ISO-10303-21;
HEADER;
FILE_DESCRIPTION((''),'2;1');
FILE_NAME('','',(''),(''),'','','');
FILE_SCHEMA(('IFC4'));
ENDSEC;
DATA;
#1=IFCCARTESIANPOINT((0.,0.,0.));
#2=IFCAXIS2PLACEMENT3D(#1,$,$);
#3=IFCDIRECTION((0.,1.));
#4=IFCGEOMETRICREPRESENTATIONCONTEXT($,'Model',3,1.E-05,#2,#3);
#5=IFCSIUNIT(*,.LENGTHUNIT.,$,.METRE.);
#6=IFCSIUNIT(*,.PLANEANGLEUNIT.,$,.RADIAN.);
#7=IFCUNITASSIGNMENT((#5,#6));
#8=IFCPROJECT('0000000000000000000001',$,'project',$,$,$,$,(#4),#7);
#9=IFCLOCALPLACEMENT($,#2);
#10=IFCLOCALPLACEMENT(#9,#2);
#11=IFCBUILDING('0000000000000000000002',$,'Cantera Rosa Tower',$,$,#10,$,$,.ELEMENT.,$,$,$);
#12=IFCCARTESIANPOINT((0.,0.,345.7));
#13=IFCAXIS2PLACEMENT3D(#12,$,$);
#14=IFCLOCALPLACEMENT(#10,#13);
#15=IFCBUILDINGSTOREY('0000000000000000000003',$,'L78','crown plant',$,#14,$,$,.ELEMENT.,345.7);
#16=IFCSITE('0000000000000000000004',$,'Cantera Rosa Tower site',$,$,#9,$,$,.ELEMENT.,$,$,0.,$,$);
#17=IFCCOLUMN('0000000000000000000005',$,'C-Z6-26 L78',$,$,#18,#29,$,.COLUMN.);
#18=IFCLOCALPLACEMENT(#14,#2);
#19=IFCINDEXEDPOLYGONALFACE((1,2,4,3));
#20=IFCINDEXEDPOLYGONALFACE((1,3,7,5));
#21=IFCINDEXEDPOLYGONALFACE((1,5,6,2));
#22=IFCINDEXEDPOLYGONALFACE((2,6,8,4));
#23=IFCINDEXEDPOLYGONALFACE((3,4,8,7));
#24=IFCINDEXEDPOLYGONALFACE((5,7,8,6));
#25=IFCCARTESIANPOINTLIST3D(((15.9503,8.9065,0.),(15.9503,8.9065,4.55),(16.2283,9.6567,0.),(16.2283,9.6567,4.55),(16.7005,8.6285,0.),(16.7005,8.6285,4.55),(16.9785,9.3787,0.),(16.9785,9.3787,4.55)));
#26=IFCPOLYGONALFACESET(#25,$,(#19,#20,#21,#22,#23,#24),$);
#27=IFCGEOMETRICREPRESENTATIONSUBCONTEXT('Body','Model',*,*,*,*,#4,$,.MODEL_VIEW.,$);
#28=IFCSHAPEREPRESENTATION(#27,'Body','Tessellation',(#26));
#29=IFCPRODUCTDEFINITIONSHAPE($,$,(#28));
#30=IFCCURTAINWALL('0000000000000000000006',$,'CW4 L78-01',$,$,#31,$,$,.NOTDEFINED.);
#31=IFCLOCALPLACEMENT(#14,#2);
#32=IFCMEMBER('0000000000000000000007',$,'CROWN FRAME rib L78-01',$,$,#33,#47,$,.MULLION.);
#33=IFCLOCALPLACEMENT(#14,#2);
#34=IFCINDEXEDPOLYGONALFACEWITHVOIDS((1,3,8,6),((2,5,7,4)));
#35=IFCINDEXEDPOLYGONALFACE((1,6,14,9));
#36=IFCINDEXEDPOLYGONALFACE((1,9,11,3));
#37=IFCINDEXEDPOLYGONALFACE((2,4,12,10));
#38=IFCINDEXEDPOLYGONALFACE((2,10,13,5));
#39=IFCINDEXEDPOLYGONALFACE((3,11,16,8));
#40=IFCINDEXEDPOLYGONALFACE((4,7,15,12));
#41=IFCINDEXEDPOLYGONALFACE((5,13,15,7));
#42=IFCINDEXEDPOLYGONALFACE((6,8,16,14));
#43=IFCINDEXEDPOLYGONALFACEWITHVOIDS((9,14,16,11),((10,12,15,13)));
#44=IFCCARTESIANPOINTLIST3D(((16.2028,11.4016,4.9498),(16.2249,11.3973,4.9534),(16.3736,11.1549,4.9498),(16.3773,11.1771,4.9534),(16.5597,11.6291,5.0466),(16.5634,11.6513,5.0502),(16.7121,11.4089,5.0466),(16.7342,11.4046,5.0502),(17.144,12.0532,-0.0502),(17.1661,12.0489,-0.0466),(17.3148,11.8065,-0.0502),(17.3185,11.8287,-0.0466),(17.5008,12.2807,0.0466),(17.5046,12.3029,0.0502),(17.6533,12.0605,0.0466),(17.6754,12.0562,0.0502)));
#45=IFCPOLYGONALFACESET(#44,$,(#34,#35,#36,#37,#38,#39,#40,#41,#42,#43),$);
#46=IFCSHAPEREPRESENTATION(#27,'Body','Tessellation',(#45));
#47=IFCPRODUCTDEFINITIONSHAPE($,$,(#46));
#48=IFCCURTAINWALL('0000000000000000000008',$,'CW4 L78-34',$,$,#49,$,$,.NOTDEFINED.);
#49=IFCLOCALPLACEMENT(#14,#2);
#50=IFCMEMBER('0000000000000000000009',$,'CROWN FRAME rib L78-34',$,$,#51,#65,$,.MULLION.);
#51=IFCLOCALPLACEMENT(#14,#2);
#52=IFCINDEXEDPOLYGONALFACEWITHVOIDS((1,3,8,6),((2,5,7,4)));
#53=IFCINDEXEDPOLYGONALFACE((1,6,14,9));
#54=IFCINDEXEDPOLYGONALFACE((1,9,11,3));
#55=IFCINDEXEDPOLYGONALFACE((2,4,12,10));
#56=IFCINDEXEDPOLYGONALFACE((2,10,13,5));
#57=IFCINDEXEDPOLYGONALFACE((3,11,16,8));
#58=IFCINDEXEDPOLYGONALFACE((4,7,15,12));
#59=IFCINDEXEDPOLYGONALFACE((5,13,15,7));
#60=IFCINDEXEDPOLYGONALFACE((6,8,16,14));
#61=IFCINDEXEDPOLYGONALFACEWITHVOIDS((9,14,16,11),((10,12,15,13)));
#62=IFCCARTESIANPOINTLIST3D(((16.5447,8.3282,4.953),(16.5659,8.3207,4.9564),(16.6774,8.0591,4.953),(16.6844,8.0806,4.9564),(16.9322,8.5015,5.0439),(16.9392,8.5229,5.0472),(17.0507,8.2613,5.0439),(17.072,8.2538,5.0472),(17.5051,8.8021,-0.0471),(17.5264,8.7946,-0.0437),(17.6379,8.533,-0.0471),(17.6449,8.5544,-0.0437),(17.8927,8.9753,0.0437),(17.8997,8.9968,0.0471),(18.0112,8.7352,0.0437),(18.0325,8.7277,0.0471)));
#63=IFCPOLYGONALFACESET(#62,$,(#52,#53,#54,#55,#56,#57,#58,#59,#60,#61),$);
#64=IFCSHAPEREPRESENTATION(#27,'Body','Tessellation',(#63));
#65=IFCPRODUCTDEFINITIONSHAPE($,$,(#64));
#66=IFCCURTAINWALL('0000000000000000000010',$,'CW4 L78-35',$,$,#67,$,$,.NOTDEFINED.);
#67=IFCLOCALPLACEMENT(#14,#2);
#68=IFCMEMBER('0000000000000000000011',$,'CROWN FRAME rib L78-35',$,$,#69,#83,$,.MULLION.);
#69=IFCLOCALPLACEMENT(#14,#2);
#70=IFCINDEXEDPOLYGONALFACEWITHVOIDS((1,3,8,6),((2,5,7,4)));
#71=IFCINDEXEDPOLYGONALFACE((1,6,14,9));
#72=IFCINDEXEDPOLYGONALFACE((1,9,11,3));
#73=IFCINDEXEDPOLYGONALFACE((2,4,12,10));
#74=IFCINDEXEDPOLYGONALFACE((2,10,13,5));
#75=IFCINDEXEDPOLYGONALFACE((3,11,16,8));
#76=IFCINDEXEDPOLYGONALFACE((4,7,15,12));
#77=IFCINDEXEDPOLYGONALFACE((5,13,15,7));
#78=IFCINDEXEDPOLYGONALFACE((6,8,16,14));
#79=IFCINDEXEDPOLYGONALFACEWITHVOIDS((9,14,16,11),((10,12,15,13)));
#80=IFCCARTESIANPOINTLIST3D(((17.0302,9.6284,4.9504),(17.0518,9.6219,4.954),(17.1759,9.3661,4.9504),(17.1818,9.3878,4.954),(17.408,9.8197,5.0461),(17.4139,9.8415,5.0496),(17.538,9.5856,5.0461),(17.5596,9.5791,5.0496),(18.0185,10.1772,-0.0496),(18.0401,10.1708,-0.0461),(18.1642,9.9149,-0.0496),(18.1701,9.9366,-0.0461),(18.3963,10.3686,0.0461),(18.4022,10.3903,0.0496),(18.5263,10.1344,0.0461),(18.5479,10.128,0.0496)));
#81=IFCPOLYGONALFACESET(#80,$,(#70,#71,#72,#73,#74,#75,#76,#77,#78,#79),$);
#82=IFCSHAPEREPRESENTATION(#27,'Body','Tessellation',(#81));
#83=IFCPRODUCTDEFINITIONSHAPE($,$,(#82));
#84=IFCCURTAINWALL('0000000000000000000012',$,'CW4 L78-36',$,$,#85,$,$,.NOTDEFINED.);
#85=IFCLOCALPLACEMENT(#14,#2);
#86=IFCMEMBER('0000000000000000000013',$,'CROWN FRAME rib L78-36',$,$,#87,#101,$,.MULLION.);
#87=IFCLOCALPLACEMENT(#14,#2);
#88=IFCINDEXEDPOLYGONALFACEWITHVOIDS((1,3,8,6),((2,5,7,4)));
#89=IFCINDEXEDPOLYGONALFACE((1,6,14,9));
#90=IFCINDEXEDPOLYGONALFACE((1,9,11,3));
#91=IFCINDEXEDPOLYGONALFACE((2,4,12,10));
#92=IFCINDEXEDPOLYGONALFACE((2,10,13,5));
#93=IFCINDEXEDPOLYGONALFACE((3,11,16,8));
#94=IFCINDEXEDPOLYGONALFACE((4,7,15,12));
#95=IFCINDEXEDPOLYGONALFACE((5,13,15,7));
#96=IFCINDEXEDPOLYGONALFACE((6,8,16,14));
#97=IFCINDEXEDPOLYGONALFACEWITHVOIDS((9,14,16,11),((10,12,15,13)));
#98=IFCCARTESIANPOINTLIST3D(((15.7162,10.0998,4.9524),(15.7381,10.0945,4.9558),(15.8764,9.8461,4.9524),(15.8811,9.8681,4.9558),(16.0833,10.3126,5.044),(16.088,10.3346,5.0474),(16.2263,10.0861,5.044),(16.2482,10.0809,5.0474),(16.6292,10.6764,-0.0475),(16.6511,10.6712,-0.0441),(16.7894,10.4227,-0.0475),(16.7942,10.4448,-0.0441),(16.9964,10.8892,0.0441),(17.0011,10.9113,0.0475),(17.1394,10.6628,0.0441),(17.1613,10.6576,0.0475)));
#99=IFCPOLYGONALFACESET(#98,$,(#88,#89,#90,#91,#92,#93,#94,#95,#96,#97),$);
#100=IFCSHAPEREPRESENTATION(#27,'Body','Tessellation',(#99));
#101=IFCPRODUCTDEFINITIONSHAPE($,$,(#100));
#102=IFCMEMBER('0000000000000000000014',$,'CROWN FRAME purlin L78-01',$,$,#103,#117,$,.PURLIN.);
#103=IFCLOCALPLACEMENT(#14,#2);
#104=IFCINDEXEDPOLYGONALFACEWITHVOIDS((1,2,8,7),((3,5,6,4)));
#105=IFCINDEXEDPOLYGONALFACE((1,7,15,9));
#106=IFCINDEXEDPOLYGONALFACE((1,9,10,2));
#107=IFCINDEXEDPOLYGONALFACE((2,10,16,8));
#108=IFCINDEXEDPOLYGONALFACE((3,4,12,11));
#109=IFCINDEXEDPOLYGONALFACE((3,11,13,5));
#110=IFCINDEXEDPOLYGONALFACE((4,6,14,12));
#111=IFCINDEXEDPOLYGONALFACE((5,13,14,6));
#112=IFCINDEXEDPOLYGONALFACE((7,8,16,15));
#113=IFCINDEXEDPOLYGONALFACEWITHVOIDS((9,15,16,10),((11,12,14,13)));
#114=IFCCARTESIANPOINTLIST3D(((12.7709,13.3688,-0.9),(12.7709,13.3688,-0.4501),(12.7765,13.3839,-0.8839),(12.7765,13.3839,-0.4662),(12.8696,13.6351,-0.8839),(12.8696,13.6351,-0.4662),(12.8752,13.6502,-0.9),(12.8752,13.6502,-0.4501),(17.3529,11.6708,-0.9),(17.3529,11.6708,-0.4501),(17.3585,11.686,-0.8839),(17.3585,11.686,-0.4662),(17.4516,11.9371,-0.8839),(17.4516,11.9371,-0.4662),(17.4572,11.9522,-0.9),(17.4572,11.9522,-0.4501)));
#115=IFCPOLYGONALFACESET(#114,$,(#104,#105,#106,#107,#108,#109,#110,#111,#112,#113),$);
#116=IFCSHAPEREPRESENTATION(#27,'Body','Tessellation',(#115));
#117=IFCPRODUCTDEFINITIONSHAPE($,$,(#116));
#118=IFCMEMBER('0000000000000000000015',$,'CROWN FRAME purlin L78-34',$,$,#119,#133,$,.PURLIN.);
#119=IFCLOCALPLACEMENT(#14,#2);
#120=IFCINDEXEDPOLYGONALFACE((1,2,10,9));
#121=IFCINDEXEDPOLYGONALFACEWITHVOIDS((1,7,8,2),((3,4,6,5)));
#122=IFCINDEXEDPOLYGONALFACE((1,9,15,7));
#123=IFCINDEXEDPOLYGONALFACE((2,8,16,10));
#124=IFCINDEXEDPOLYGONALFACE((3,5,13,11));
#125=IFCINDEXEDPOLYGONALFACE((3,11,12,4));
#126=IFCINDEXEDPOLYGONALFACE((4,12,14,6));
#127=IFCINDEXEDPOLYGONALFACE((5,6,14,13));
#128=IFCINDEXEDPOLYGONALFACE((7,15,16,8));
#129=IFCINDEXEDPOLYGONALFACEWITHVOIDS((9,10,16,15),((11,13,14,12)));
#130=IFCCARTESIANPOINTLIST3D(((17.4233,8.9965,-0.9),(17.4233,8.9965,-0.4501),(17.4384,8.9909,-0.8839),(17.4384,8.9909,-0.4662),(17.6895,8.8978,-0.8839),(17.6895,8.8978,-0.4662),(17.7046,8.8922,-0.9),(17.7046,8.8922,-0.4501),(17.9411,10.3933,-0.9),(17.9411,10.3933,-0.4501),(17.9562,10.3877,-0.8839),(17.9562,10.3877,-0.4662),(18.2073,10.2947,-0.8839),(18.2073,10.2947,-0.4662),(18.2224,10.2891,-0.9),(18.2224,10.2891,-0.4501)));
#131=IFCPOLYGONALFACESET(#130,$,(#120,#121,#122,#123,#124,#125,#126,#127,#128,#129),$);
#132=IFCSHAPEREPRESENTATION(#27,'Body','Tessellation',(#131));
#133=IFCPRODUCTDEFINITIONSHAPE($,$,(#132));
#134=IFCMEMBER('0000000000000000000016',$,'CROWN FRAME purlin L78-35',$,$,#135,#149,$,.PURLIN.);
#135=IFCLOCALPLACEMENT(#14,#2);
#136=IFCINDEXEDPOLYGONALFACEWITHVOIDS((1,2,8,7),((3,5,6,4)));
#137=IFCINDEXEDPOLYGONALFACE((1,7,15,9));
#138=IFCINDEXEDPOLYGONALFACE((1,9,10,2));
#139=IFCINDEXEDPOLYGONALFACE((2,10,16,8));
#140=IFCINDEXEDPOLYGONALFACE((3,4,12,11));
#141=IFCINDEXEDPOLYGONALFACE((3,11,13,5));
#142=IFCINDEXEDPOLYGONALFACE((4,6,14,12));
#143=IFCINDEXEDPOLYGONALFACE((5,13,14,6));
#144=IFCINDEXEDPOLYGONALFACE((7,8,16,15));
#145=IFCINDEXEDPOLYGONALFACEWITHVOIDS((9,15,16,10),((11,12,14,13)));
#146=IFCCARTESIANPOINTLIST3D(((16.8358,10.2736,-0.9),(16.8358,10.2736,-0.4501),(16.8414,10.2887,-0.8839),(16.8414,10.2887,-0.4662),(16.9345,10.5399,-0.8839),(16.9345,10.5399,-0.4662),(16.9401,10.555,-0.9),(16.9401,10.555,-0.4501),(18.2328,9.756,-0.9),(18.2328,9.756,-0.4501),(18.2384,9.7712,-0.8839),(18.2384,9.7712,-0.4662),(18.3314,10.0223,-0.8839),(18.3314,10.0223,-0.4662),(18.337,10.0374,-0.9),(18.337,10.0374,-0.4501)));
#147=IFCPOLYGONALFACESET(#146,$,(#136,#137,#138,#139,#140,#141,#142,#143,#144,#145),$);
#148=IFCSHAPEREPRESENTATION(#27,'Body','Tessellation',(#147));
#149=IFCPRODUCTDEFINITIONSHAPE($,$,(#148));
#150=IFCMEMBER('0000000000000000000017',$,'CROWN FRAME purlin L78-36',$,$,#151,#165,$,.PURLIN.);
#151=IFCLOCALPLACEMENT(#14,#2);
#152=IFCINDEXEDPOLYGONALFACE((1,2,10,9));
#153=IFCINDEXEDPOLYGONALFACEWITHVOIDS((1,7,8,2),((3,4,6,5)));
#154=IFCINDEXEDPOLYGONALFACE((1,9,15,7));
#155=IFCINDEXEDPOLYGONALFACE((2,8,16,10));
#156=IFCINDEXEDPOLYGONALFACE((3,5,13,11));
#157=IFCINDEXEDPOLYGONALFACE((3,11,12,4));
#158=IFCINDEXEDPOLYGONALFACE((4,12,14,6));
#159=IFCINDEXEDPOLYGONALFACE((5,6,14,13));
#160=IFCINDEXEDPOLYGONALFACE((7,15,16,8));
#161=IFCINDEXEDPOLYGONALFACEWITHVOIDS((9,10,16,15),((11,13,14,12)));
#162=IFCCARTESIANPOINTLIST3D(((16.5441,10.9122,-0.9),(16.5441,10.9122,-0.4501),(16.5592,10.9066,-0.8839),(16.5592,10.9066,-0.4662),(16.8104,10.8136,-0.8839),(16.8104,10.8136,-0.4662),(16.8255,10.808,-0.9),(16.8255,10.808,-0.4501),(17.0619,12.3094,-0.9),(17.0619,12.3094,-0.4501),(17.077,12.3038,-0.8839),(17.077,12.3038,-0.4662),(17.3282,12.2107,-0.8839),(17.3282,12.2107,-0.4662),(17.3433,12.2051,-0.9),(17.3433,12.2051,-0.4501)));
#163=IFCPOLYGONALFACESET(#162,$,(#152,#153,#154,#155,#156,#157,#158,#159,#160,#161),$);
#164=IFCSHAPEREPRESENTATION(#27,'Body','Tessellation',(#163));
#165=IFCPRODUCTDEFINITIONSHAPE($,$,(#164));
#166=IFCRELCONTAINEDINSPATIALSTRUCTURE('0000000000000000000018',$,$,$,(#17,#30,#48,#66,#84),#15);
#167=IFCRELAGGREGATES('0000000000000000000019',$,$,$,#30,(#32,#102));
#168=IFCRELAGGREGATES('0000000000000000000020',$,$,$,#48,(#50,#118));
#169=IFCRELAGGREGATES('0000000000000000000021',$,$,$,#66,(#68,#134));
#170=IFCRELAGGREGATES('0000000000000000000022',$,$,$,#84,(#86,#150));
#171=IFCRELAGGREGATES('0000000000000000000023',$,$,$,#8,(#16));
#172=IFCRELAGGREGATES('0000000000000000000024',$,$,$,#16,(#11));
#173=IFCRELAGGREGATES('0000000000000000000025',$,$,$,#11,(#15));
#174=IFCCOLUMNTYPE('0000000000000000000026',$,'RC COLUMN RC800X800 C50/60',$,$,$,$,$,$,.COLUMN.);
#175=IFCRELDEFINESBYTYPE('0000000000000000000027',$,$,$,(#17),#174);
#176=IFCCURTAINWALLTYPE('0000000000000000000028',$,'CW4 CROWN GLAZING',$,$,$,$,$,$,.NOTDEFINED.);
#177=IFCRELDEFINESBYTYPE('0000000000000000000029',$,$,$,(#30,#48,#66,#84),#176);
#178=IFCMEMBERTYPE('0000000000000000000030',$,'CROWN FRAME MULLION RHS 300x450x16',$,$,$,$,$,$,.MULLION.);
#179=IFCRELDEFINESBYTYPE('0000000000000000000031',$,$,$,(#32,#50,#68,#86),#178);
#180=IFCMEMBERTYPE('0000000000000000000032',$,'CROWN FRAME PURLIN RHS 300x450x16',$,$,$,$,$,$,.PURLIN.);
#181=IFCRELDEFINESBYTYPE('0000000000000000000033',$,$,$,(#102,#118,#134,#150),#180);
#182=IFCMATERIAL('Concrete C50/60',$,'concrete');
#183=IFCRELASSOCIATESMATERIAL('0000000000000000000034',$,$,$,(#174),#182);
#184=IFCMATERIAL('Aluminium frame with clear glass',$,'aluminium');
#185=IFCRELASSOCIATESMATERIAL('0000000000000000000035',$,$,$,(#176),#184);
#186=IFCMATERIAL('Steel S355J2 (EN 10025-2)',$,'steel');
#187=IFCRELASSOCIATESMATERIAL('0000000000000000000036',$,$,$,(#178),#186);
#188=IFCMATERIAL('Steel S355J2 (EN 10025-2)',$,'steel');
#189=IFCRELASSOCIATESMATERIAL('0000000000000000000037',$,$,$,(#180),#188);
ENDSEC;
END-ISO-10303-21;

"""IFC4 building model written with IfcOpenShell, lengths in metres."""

from ifc_helpers import new_model, si_unit, direction, frame, origin, origin_2d, place, context, subcontext, project, spatial, rectangle, hollow_rectangle, extrude, material, material_profile, profile_set, type_object, element, aggregate, save


model = new_model("IFC4")

# Units and contexts
model_context = context("Model", 3, precision=1e-05, world=origin(), true_north=direction((0.0, 1.0)))
body_context = subcontext(model_context, "Body", "Model", "MODEL_VIEW")
ifc_project = project(units=[si_unit("LENGTHUNIT", "METRE"), si_unit("PLANEANGLEUNIT", "RADIAN")], contexts=[model_context])

# Site, building, storey
site_placement = place(None, origin())
site = spatial("IfcSite", under=ifc_project, at=site_placement, Name="Cantera Rosa Tower site", CompositionType="ELEMENT", RefElevation=0.0)
building_placement = place(site_placement, origin())
building = spatial("IfcBuilding", under=site, at=building_placement, Name="Cantera Rosa Tower", CompositionType="ELEMENT")
storey_placement = place(building_placement, frame((0.0, 0.0, 345.7)))
storey = spatial("IfcBuildingStorey", under=building, at=storey_placement, Name="L78", Description="crown plant", CompositionType="ELEMENT", Elevation=345.7)

# Column
ifc_material_1 = material(Name="Concrete C50/60", Category="concrete")
ifc_material_profile_1 = material_profile(ifc_material_1, rectangle(XDim=0.8, YDim=0.8, at=origin_2d()), Name="RC COLUMN RC800X800 C50/60")
ifc_profile_set_1 = profile_set([ifc_material_profile_1], Name="Concrete C50/60")
column_type = type_object("IfcColumnType", Name="RC COLUMN RC800X800 C50/60", PredefinedType="COLUMN", material=ifc_profile_set_1)
column_placement = place(storey_placement, frame((16.4644, 9.1426, 0.0), z_axis=(0.0, 0.0, 1.0), x_axis=(0.347481, 0.937687, 0.0)))
element("IfcColumn", 1, at=column_placement, inside=storey, type_object=column_type, Name="C-Z6-26 L78", PredefinedType="COLUMN", context=body_context, shape_type="SweptSolid", body=[
    extrude(rectangle(XDim=0.8, YDim=0.8, at=origin_2d()), origin(), (0.0, 0.0, 1.0), 4.55),
])

# Curtain walls, members
ifc_material_2 = material(Name="Aluminium frame with clear glass", Category="aluminium")
curtain_wall_type = type_object("IfcCurtainWallType", Name="CW4 CROWN GLAZING", PredefinedType="NOTDEFINED", material=ifc_material_2)
curtain_wall_1_placement = place(storey_placement, origin())
curtain_wall_1 = element("IfcCurtainWall", 2, at=curtain_wall_1_placement, inside=storey, type_object=curtain_wall_type, Name="CW4 L78-01", PredefinedType="NOTDEFINED")
ifc_material_3 = material(Name="Steel S355J2 (EN 10025-2)", Category="steel")
ifc_material_profile_2 = material_profile(ifc_material_3, hollow_rectangle(XDim=0.3, YDim=0.45, WallThickness=0.0161, at=origin_2d()), Name="CROWN FRAME MULLION RHS 300x450x16")
ifc_profile_set_2 = profile_set([ifc_material_profile_2], Name="Steel S355J2 (EN 10025-2)")
member_type_1 = type_object("IfcMemberType", Name="CROWN FRAME MULLION RHS 300x450x16", PredefinedType="MULLION", material=ifc_profile_set_2)
member_1_placement = place(storey_placement, frame((17.4097, 12.0547, 0.0), z_axis=(-0.183485, -0.127035, 0.97478), x_axis=(0.569232, -0.822177, 0.0)))
member_1 = element("IfcMember", 3, at=member_1_placement, type_object=member_type_1, Name="CROWN FRAME rib L78-01", PredefinedType="MULLION", context=body_context, shape_type="SweptSolid", body=[
    extrude(hollow_rectangle(XDim=0.3, YDim=0.45, WallThickness=0.0161, at=origin_2d()), origin(), (0.0, 0.0, 1.0), 5.1294),
])
curtain_wall_2_placement = place(storey_placement, origin())
curtain_wall_2 = element("IfcCurtainWall", 4, at=curtain_wall_2_placement, inside=storey, type_object=curtain_wall_type, Name="CW4 L78-34", PredefinedType="NOTDEFINED")
member_2_placement = place(storey_placement, frame((17.7688, 8.7649, 0.0), z_axis=(-0.187829, -0.092673, 0.97782), x_axis=(0.442466, -0.896785, 0.0)))
member_2 = element("IfcMember", 5, at=member_2_placement, type_object=member_type_1, Name="CROWN FRAME rib L78-34", PredefinedType="MULLION", context=body_context, shape_type="SweptSolid", body=[
    extrude(hollow_rectangle(XDim=0.3, YDim=0.45, WallThickness=0.0161, at=origin_2d()), origin(), (0.0, 0.0, 1.0), 5.1135),
])
curtain_wall_3_placement = place(storey_placement, origin())
curtain_wall_3 = element("IfcCurtainWall", 6, at=curtain_wall_3_placement, inside=storey, type_object=curtain_wall_type, Name="CW4 L78-35", PredefinedType="NOTDEFINED")
member_3_placement = place(storey_placement, frame((18.2832, 10.1526, 0.0), z_axis=(-0.19279, -0.107063, 0.975382), x_axis=(0.485496, -0.874239, 0.0)))
member_3 = element("IfcMember", 7, at=member_3_placement, type_object=member_type_1, Name="CROWN FRAME rib L78-35", PredefinedType="MULLION", context=body_context, shape_type="SweptSolid", body=[
    extrude(hollow_rectangle(XDim=0.3, YDim=0.45, WallThickness=0.0161, at=origin_2d()), origin(), (0.0, 0.0, 1.0), 5.1262),
])
curtain_wall_4_placement = place(storey_placement, origin())
curtain_wall_4 = element("IfcCurtainWall", 8, at=curtain_wall_4_placement, inside=storey, type_object=curtain_wall_type, Name="CW4 L78-36", PredefinedType="NOTDEFINED")
member_4_placement = place(storey_placement, frame((16.8953, 10.667, 0.0), z_axis=(-0.178501, -0.112732, 0.97746), x_axis=(0.533976, -0.8455, 0.0)))
member_4 = element("IfcMember", 9, at=member_4_placement, type_object=member_type_1, Name="CROWN FRAME rib L78-36", PredefinedType="MULLION", context=body_context, shape_type="SweptSolid", body=[
    extrude(hollow_rectangle(XDim=0.3, YDim=0.45, WallThickness=0.0161, at=origin_2d()), origin(), (0.0, 0.0, 1.0), 5.1152),
])

# Members
ifc_material_4 = material(Name="Steel S355J2 (EN 10025-2)", Category="steel")
ifc_material_profile_3 = material_profile(ifc_material_4, hollow_rectangle(XDim=0.3, YDim=0.45, WallThickness=0.0161, at=origin_2d()), Name="CROWN FRAME PURLIN RHS 300x450x16")
ifc_profile_set_3 = profile_set([ifc_material_profile_3], Name="Steel S355J2 (EN 10025-2)")
member_type_2 = type_object("IfcMemberType", Name="CROWN FRAME PURLIN RHS 300x450x16", PredefinedType="PURLIN", material=ifc_profile_set_3)
member_5_placement = place(storey_placement, frame((17.405, 11.8115, -0.675), z_axis=(-0.937685, 0.347485, 0.0), x_axis=(-0.347485, -0.937685, 0.0)))
member_5 = element("IfcMember", 10, at=member_5_placement, type_object=member_type_2, Name="CROWN FRAME purlin L78-01", PredefinedType="PURLIN", context=body_context, shape_type="SweptSolid", body=[
    extrude(hollow_rectangle(XDim=0.3, YDim=0.45, WallThickness=0.0161, at=origin_2d()), origin(), (0.0, 0.0, 1.0), 4.8865),
])
member_6_placement = place(storey_placement, frame((17.564, 8.9443, -0.675), z_axis=(0.347565, 0.937656, 0.0), x_axis=(-0.937656, 0.347565, 0.0)))
member_6 = element("IfcMember", 11, at=member_6_placement, type_object=member_type_2, Name="CROWN FRAME purlin L78-34", PredefinedType="PURLIN", context=body_context, shape_type="SweptSolid", body=[
    extrude(hollow_rectangle(XDim=0.3, YDim=0.45, WallThickness=0.0161, at=origin_2d()), origin(), (0.0, 0.0, 1.0), 1.4897),
])
member_7_placement = place(storey_placement, frame((18.2849, 9.8967, -0.675), z_axis=(-0.937709, 0.347421, 0.0), x_axis=(-0.347421, -0.937709, 0.0)))
member_7 = element("IfcMember", 12, at=member_7_placement, type_object=member_type_2, Name="CROWN FRAME purlin L78-35", PredefinedType="PURLIN", context=body_context, shape_type="SweptSolid", body=[
    extrude(hollow_rectangle(XDim=0.3, YDim=0.45, WallThickness=0.0161, at=origin_2d()), origin(), (0.0, 0.0, 1.0), 1.4897),
])
member_8_placement = place(storey_placement, frame((16.6848, 10.8601, -0.675), z_axis=(0.347512, 0.937676, 0.0), x_axis=(-0.937676, 0.347512, 0.0)))
member_8 = element("IfcMember", 13, at=member_8_placement, type_object=member_type_2, Name="CROWN FRAME purlin L78-36", PredefinedType="PURLIN", context=body_context, shape_type="SweptSolid", body=[
    extrude(hollow_rectangle(XDim=0.3, YDim=0.45, WallThickness=0.0161, at=origin_2d()), origin(), (0.0, 0.0, 1.0), 1.49),
])

aggregate(curtain_wall_1, [member_1, member_5])
aggregate(curtain_wall_2, [member_2, member_6])
aggregate(curtain_wall_3, [member_3, member_7])
aggregate(curtain_wall_4, [member_4, member_8])

save(model, "model.ifc")
